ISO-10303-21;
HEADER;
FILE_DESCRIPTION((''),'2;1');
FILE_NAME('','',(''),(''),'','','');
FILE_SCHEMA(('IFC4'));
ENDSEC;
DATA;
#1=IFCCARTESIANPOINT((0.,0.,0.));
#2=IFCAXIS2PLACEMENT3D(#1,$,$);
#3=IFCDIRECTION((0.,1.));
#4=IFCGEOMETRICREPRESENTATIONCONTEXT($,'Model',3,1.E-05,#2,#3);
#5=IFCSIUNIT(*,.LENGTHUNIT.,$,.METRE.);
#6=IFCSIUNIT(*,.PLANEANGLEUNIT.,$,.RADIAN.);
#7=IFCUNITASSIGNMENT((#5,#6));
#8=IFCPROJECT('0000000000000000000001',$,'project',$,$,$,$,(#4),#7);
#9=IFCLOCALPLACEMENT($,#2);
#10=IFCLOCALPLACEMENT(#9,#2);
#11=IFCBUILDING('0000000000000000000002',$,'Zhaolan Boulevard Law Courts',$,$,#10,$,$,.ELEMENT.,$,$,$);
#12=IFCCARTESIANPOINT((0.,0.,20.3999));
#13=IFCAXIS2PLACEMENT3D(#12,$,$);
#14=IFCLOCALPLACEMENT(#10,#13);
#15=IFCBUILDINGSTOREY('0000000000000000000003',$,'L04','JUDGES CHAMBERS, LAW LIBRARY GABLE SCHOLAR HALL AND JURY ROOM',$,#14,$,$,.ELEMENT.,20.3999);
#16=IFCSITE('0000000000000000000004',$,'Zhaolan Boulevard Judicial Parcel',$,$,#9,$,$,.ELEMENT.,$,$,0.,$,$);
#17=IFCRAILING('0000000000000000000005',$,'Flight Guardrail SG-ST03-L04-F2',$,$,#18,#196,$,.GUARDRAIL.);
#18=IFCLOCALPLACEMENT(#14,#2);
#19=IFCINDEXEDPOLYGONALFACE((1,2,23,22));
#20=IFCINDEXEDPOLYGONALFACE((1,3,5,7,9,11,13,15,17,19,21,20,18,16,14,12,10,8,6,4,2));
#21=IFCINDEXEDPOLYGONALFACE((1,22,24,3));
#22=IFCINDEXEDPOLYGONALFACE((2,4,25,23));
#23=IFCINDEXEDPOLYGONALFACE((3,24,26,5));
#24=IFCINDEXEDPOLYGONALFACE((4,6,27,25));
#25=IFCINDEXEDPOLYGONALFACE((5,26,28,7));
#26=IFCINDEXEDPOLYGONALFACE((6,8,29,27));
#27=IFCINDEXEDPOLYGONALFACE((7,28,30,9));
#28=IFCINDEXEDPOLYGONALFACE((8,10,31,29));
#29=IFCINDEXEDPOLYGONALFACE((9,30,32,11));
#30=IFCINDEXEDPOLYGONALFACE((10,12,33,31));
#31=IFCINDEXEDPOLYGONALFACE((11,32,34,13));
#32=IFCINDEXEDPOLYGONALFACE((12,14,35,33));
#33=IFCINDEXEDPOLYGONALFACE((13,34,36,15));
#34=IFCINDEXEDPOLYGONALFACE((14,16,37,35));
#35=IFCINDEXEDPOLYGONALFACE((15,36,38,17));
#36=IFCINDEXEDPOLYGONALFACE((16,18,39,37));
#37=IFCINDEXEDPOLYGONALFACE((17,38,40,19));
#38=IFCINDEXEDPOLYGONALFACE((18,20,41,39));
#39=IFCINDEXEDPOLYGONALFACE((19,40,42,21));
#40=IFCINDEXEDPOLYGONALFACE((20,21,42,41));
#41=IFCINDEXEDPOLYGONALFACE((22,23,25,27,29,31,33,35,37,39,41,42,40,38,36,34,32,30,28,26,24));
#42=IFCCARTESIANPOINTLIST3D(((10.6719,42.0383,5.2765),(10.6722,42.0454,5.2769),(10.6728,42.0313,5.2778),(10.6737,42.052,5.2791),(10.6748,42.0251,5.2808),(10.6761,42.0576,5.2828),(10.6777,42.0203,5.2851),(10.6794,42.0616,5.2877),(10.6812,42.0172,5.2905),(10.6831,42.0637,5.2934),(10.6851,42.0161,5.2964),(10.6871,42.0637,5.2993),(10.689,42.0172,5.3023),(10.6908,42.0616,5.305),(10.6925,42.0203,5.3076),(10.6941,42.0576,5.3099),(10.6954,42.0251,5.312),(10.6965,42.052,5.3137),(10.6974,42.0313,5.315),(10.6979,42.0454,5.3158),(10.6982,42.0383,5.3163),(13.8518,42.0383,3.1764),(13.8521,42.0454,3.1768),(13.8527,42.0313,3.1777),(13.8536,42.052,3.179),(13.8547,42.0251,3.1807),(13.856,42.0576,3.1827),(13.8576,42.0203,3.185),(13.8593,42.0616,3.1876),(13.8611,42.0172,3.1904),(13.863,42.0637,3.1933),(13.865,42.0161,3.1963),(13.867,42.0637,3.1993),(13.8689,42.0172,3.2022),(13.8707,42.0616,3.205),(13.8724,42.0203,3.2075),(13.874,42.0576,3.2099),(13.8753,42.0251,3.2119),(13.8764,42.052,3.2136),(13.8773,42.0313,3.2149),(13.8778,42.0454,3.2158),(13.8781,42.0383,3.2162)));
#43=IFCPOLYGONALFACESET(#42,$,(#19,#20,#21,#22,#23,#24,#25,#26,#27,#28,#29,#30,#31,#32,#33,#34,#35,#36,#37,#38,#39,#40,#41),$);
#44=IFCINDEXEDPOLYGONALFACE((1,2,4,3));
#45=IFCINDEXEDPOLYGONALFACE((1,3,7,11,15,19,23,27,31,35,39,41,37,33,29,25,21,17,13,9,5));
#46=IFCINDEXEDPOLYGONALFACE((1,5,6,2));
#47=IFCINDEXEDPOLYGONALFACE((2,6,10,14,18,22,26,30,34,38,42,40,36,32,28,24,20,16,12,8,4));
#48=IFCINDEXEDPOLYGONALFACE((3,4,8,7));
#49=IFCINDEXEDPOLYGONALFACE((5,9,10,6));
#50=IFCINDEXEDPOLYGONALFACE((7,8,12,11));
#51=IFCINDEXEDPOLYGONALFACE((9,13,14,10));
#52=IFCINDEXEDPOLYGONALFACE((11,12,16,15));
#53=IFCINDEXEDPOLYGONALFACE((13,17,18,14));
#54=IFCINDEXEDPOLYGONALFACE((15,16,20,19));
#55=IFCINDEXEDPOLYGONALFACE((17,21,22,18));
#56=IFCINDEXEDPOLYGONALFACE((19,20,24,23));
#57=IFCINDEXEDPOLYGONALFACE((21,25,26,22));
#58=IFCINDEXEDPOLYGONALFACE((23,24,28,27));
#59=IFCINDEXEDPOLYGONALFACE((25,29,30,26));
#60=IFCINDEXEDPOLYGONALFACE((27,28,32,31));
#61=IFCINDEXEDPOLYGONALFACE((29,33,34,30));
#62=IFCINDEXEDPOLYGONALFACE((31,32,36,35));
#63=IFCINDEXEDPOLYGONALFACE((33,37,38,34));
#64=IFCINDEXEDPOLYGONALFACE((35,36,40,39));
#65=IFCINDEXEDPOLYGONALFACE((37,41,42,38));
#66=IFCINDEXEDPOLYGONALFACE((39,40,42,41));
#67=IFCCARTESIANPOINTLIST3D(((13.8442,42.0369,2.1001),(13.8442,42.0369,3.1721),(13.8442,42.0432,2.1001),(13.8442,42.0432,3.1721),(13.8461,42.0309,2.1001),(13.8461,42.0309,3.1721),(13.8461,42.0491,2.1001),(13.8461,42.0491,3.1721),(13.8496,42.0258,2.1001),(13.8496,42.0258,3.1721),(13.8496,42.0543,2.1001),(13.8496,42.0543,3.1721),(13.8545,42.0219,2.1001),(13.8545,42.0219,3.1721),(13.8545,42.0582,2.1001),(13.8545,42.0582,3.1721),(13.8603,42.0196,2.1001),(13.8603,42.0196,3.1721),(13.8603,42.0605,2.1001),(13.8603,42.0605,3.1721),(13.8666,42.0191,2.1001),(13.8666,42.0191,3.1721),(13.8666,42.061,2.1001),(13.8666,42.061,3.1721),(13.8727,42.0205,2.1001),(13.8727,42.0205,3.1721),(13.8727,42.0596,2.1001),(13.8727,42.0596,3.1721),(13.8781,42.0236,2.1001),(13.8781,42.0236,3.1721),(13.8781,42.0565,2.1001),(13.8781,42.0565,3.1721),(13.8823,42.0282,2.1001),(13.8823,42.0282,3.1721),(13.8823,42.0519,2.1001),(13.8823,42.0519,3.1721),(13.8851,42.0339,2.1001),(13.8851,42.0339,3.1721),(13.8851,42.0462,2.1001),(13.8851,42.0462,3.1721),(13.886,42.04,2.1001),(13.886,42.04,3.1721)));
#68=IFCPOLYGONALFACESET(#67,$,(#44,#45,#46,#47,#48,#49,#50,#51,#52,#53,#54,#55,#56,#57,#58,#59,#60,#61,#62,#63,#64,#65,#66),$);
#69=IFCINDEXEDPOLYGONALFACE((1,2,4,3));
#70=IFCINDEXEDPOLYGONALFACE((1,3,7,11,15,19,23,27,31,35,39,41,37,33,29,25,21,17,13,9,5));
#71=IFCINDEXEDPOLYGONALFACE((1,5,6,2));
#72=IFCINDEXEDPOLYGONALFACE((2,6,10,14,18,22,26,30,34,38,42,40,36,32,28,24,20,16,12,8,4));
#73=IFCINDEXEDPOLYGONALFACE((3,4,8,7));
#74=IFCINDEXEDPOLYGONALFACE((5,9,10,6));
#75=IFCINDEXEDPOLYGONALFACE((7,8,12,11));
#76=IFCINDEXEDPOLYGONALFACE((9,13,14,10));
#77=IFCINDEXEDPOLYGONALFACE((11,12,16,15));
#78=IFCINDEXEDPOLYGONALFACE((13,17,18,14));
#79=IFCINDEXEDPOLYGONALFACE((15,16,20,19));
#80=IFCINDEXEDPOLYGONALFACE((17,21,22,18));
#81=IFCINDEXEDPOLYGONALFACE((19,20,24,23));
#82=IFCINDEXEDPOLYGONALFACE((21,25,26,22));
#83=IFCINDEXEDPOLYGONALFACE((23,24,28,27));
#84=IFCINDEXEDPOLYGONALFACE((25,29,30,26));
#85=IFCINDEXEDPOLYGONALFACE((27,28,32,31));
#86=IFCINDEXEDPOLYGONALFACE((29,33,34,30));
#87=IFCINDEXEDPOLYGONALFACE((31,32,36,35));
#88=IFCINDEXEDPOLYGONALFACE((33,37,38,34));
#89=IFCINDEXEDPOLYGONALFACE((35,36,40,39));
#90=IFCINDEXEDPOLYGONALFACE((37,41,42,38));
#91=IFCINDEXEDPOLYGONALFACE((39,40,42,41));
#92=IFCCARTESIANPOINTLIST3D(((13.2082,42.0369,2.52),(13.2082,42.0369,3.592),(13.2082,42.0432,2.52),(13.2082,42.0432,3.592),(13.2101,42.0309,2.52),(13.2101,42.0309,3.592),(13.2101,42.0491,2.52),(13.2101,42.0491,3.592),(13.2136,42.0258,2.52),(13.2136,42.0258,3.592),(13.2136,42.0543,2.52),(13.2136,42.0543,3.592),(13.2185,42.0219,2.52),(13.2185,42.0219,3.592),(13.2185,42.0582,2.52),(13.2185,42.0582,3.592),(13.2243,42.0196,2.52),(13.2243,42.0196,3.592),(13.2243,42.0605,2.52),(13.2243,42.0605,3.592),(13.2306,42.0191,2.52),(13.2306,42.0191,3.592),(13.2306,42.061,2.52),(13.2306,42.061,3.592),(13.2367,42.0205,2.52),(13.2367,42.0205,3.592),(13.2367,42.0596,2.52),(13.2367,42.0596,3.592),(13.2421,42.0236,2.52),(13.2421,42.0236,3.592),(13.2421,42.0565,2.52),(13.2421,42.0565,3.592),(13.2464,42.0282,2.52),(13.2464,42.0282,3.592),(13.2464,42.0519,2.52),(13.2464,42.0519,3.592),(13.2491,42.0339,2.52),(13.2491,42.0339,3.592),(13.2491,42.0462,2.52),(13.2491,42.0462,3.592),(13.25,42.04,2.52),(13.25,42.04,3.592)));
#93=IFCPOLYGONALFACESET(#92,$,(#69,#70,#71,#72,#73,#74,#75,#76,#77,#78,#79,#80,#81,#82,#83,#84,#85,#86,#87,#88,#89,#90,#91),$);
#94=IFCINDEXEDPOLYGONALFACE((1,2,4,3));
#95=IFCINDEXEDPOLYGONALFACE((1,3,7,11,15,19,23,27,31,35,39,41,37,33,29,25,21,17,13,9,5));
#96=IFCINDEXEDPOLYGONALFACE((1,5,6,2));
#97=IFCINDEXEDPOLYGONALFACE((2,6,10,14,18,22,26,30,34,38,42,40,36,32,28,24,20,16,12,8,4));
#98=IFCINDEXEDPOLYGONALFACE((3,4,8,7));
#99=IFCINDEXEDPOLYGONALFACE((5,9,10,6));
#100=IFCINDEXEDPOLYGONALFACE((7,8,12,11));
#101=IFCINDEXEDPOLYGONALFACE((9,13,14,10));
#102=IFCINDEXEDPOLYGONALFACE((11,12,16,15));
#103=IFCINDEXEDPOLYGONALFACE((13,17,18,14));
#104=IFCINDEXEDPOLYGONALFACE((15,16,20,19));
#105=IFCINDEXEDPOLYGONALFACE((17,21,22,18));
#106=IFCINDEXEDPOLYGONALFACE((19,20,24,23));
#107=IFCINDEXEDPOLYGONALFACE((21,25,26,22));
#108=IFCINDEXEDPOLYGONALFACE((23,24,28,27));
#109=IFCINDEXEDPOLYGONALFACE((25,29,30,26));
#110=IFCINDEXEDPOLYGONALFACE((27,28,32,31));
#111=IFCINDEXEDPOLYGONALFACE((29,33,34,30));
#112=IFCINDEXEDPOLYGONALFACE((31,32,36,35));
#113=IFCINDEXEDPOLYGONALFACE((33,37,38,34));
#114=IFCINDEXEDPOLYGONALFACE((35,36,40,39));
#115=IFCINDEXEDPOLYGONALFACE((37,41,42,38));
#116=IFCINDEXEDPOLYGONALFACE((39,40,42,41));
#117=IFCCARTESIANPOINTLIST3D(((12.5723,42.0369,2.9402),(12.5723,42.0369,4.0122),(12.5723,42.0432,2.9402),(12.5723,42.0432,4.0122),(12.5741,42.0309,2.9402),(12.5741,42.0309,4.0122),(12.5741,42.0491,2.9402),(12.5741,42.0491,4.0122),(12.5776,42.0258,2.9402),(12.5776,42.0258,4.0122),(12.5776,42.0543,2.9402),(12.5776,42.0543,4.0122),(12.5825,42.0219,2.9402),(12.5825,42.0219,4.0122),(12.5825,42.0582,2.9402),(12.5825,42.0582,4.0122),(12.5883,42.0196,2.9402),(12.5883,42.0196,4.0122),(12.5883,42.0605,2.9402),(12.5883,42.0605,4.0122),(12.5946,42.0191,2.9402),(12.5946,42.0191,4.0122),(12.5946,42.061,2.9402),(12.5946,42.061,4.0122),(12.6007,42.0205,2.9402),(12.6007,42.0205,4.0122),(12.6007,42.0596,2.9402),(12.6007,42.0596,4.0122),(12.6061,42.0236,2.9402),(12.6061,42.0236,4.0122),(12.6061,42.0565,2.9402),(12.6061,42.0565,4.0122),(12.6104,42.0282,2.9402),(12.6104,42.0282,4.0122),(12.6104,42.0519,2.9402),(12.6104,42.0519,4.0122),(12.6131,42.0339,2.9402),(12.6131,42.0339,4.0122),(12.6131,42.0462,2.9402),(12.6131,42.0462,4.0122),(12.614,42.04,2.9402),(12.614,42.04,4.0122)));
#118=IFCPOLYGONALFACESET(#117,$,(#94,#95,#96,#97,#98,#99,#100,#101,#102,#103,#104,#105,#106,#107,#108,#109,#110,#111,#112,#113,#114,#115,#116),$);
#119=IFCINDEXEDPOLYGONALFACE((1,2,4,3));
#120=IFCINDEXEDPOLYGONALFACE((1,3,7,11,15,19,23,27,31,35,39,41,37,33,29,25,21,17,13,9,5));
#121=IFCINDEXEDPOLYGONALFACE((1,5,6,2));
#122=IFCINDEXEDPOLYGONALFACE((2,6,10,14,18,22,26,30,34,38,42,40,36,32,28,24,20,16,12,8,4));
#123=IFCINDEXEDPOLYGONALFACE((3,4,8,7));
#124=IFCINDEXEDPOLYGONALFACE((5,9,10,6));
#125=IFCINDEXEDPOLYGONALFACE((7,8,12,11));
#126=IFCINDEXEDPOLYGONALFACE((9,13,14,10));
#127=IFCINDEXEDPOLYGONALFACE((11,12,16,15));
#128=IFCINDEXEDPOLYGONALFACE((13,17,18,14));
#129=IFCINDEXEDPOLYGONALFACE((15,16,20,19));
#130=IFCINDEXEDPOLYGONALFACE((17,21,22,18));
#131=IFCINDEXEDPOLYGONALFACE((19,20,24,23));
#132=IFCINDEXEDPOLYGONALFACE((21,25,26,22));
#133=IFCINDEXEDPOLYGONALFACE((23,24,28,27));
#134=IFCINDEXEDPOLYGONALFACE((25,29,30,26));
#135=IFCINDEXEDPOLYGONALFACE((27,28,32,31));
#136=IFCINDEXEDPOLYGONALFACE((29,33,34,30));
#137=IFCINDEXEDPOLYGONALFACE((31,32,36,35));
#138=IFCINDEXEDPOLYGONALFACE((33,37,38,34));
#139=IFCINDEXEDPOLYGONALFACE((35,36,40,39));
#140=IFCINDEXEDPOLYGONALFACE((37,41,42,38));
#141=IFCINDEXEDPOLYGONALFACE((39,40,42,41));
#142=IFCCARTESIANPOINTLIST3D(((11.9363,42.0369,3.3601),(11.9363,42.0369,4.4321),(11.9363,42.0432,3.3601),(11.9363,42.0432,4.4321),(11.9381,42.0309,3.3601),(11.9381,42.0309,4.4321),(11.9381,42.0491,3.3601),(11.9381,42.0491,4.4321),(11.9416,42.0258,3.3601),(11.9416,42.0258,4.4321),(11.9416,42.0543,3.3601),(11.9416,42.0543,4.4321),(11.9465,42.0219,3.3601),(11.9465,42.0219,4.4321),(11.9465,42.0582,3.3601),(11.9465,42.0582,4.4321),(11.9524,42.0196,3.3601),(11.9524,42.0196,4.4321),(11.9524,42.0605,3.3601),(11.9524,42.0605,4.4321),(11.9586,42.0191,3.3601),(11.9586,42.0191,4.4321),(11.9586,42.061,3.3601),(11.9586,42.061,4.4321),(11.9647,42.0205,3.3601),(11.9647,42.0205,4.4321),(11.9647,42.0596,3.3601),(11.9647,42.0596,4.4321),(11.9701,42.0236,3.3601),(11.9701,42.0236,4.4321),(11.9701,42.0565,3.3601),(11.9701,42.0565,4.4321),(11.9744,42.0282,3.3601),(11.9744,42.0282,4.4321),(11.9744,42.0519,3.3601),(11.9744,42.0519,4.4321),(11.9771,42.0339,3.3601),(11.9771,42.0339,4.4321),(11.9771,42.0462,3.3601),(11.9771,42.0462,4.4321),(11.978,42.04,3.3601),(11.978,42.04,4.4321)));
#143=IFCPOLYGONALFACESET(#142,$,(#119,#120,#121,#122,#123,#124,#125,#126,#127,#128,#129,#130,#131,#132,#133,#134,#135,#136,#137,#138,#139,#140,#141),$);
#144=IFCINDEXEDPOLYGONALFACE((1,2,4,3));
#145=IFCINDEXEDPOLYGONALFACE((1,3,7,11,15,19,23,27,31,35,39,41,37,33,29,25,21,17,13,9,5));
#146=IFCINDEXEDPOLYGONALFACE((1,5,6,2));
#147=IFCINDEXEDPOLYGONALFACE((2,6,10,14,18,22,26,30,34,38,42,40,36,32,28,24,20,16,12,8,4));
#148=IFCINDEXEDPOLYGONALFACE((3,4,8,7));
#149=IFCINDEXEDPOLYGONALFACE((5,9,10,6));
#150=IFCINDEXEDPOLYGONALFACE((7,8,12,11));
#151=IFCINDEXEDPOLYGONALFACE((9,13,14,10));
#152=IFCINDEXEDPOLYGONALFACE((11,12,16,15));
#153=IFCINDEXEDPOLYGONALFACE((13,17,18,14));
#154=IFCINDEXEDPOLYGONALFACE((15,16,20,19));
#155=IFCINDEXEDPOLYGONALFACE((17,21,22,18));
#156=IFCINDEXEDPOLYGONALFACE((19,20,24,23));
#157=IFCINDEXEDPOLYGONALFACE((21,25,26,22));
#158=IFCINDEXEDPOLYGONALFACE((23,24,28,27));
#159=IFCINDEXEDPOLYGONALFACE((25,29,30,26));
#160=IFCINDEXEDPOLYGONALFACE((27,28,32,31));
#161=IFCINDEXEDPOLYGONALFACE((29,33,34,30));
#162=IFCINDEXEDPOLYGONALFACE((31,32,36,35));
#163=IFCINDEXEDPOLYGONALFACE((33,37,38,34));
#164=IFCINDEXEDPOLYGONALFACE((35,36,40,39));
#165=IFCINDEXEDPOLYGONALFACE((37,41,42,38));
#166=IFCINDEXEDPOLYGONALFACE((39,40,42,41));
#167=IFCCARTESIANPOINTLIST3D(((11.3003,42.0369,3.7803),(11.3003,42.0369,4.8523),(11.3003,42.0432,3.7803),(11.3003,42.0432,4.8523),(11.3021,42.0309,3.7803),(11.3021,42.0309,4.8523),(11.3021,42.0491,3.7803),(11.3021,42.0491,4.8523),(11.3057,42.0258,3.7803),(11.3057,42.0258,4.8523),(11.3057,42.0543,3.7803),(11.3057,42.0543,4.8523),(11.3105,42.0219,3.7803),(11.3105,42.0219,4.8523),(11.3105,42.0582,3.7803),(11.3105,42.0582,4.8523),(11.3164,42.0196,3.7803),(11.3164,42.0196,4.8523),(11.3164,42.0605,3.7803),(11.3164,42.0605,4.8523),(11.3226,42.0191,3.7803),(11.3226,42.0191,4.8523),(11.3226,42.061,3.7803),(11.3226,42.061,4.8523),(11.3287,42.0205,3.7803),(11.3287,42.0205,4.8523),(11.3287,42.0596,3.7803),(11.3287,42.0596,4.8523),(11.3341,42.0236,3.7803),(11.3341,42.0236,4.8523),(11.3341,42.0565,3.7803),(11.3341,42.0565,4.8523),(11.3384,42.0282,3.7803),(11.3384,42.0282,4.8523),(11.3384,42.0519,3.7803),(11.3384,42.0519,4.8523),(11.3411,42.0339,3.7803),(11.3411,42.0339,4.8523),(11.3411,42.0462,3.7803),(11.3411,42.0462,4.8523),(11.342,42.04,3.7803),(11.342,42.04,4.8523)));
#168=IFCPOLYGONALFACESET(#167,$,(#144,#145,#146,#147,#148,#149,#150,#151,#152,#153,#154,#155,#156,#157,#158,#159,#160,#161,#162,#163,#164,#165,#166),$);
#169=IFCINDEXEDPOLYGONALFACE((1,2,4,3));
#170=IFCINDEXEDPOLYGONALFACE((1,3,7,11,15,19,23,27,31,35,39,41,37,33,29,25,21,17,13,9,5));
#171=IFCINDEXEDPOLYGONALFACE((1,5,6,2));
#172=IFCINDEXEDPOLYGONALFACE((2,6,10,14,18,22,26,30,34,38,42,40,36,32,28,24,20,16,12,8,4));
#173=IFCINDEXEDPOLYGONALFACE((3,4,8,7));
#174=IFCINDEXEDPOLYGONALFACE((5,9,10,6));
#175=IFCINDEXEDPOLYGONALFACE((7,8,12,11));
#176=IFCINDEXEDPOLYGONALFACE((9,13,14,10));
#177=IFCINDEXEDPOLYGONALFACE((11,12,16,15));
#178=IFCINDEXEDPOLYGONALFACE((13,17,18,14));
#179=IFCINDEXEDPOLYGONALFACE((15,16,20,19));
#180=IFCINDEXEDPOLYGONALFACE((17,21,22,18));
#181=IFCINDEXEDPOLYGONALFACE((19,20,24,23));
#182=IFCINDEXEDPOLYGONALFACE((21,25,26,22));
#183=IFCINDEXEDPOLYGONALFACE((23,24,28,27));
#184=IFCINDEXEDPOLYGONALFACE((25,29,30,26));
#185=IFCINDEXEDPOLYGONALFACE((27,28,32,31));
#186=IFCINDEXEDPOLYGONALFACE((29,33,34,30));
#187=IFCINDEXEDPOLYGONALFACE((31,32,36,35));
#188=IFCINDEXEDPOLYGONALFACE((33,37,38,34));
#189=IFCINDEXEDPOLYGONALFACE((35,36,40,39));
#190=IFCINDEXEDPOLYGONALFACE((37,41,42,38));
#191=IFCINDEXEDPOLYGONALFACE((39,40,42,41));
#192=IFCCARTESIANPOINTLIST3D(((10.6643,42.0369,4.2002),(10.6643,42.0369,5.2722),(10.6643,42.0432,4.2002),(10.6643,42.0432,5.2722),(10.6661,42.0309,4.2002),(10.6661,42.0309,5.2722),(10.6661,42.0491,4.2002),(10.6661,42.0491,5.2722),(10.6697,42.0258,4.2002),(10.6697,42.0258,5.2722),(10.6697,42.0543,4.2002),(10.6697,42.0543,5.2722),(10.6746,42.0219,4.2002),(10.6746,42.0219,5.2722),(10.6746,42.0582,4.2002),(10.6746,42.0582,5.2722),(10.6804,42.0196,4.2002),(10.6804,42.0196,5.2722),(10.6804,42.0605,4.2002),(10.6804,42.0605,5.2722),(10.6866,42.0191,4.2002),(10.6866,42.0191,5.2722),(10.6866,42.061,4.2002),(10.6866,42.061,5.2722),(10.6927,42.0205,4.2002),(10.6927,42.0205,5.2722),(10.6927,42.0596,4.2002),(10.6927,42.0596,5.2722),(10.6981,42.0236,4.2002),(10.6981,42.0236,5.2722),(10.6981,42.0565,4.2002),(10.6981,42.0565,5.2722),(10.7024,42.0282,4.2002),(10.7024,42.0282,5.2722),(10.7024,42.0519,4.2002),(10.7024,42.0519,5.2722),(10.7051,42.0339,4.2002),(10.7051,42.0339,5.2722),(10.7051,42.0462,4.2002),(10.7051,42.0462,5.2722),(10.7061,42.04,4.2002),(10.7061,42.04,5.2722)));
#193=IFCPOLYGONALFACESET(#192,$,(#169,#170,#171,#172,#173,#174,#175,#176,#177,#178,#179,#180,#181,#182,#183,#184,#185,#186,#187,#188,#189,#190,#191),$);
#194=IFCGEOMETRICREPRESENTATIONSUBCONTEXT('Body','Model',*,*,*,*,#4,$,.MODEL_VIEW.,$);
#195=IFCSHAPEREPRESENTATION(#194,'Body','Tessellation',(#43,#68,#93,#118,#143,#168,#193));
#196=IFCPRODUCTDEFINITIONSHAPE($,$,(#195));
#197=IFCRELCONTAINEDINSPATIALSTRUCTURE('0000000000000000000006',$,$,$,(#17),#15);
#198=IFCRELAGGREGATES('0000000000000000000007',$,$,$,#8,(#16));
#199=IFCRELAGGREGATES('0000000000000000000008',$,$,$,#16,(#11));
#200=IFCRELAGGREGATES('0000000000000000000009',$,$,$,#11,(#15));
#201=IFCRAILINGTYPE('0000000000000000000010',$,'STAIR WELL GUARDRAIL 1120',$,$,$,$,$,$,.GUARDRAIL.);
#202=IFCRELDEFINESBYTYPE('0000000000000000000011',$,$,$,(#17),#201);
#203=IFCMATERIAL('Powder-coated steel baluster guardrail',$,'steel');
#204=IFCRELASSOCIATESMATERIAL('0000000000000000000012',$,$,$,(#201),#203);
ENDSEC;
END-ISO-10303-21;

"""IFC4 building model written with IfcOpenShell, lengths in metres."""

from ifc_helpers import new_model, si_unit, direction, frame, origin, origin_2d, place, context, subcontext, project, spatial, circle, extrude, material, type_object, element, save


model = new_model("IFC4")

# Units and contexts
model_context = context("Model", 3, precision=1e-05, world=origin(), true_north=direction((0.0, 1.0)))
body_context = subcontext(model_context, "Body", "Model", "MODEL_VIEW")
ifc_project = project(units=[si_unit("LENGTHUNIT", "METRE"), si_unit("PLANEANGLEUNIT", "RADIAN")], contexts=[model_context])

# Site, building, storey
site_placement = place(None, origin())
site = spatial("IfcSite", under=ifc_project, at=site_placement, Name="Zhaolan Boulevard Judicial Parcel", CompositionType="ELEMENT", RefElevation=0.0)
building_placement = place(site_placement, origin())
building = spatial("IfcBuilding", under=site, at=building_placement, Name="Zhaolan Boulevard Law Courts", CompositionType="ELEMENT")
storey_placement = place(building_placement, frame((0.0, 0.0, 20.3999)))
storey = spatial("IfcBuildingStorey", under=building, at=storey_placement, Name="L04", Description="JUDGES CHAMBERS, LAW LIBRARY GABLE SCHOLAR HALL AND JURY ROOM", CompositionType="ELEMENT", Elevation=20.3999)

# Railing
ifc_material_1 = material(Name="Powder-coated steel baluster guardrail", Category="steel")
railing_type_1 = type_object("IfcRailingType", Name="STAIR WELL GUARDRAIL 1120", PredefinedType="GUARDRAIL", material=ifc_material_1)
railing_1_placement = place(storey_placement, frame((13.865, 42.04, 2.1001)))
element("IfcRailing", 1, at=railing_1_placement, inside=storey, type_object=railing_type_1, Name="Flight Guardrail SG-ST03-L04-F2", PredefinedType="GUARDRAIL", context=body_context, shape_type="SweptSolid", body=[
    extrude(circle(Radius=0.0239, at=origin_2d()), frame((0.0, 0.0, 1.0962), z_axis=(-0.834447, 0.0, 0.551088), x_axis=(0.0, -1.0, 0.0)), (0.0, 0.0, 1.0), 3.8108),
    extrude(circle(Radius=0.021, at=origin_2d()), origin(), (0.0, 0.0, 1.0), 1.072),
    extrude(circle(Radius=0.021, at=origin_2d()), frame((-0.636, 0.0, 0.4199)), (0.0, 0.0, 1.0), 1.072),
    extrude(circle(Radius=0.021, at=origin_2d()), frame((-1.272, 0.0, 0.8401)), (0.0, 0.0, 1.0), 1.072),
    extrude(circle(Radius=0.021, at=origin_2d()), frame((-1.908, 0.0, 1.26)), (0.0, 0.0, 1.0), 1.072),
    extrude(circle(Radius=0.021, at=origin_2d()), frame((-2.5439, 0.0, 1.6802)), (0.0, 0.0, 1.0), 1.072),
    extrude(circle(Radius=0.021, at=origin_2d()), frame((-3.1799, 0.0, 2.1001)), (0.0, 0.0, 1.0), 1.072),
])

save(model, "model.ifc")
